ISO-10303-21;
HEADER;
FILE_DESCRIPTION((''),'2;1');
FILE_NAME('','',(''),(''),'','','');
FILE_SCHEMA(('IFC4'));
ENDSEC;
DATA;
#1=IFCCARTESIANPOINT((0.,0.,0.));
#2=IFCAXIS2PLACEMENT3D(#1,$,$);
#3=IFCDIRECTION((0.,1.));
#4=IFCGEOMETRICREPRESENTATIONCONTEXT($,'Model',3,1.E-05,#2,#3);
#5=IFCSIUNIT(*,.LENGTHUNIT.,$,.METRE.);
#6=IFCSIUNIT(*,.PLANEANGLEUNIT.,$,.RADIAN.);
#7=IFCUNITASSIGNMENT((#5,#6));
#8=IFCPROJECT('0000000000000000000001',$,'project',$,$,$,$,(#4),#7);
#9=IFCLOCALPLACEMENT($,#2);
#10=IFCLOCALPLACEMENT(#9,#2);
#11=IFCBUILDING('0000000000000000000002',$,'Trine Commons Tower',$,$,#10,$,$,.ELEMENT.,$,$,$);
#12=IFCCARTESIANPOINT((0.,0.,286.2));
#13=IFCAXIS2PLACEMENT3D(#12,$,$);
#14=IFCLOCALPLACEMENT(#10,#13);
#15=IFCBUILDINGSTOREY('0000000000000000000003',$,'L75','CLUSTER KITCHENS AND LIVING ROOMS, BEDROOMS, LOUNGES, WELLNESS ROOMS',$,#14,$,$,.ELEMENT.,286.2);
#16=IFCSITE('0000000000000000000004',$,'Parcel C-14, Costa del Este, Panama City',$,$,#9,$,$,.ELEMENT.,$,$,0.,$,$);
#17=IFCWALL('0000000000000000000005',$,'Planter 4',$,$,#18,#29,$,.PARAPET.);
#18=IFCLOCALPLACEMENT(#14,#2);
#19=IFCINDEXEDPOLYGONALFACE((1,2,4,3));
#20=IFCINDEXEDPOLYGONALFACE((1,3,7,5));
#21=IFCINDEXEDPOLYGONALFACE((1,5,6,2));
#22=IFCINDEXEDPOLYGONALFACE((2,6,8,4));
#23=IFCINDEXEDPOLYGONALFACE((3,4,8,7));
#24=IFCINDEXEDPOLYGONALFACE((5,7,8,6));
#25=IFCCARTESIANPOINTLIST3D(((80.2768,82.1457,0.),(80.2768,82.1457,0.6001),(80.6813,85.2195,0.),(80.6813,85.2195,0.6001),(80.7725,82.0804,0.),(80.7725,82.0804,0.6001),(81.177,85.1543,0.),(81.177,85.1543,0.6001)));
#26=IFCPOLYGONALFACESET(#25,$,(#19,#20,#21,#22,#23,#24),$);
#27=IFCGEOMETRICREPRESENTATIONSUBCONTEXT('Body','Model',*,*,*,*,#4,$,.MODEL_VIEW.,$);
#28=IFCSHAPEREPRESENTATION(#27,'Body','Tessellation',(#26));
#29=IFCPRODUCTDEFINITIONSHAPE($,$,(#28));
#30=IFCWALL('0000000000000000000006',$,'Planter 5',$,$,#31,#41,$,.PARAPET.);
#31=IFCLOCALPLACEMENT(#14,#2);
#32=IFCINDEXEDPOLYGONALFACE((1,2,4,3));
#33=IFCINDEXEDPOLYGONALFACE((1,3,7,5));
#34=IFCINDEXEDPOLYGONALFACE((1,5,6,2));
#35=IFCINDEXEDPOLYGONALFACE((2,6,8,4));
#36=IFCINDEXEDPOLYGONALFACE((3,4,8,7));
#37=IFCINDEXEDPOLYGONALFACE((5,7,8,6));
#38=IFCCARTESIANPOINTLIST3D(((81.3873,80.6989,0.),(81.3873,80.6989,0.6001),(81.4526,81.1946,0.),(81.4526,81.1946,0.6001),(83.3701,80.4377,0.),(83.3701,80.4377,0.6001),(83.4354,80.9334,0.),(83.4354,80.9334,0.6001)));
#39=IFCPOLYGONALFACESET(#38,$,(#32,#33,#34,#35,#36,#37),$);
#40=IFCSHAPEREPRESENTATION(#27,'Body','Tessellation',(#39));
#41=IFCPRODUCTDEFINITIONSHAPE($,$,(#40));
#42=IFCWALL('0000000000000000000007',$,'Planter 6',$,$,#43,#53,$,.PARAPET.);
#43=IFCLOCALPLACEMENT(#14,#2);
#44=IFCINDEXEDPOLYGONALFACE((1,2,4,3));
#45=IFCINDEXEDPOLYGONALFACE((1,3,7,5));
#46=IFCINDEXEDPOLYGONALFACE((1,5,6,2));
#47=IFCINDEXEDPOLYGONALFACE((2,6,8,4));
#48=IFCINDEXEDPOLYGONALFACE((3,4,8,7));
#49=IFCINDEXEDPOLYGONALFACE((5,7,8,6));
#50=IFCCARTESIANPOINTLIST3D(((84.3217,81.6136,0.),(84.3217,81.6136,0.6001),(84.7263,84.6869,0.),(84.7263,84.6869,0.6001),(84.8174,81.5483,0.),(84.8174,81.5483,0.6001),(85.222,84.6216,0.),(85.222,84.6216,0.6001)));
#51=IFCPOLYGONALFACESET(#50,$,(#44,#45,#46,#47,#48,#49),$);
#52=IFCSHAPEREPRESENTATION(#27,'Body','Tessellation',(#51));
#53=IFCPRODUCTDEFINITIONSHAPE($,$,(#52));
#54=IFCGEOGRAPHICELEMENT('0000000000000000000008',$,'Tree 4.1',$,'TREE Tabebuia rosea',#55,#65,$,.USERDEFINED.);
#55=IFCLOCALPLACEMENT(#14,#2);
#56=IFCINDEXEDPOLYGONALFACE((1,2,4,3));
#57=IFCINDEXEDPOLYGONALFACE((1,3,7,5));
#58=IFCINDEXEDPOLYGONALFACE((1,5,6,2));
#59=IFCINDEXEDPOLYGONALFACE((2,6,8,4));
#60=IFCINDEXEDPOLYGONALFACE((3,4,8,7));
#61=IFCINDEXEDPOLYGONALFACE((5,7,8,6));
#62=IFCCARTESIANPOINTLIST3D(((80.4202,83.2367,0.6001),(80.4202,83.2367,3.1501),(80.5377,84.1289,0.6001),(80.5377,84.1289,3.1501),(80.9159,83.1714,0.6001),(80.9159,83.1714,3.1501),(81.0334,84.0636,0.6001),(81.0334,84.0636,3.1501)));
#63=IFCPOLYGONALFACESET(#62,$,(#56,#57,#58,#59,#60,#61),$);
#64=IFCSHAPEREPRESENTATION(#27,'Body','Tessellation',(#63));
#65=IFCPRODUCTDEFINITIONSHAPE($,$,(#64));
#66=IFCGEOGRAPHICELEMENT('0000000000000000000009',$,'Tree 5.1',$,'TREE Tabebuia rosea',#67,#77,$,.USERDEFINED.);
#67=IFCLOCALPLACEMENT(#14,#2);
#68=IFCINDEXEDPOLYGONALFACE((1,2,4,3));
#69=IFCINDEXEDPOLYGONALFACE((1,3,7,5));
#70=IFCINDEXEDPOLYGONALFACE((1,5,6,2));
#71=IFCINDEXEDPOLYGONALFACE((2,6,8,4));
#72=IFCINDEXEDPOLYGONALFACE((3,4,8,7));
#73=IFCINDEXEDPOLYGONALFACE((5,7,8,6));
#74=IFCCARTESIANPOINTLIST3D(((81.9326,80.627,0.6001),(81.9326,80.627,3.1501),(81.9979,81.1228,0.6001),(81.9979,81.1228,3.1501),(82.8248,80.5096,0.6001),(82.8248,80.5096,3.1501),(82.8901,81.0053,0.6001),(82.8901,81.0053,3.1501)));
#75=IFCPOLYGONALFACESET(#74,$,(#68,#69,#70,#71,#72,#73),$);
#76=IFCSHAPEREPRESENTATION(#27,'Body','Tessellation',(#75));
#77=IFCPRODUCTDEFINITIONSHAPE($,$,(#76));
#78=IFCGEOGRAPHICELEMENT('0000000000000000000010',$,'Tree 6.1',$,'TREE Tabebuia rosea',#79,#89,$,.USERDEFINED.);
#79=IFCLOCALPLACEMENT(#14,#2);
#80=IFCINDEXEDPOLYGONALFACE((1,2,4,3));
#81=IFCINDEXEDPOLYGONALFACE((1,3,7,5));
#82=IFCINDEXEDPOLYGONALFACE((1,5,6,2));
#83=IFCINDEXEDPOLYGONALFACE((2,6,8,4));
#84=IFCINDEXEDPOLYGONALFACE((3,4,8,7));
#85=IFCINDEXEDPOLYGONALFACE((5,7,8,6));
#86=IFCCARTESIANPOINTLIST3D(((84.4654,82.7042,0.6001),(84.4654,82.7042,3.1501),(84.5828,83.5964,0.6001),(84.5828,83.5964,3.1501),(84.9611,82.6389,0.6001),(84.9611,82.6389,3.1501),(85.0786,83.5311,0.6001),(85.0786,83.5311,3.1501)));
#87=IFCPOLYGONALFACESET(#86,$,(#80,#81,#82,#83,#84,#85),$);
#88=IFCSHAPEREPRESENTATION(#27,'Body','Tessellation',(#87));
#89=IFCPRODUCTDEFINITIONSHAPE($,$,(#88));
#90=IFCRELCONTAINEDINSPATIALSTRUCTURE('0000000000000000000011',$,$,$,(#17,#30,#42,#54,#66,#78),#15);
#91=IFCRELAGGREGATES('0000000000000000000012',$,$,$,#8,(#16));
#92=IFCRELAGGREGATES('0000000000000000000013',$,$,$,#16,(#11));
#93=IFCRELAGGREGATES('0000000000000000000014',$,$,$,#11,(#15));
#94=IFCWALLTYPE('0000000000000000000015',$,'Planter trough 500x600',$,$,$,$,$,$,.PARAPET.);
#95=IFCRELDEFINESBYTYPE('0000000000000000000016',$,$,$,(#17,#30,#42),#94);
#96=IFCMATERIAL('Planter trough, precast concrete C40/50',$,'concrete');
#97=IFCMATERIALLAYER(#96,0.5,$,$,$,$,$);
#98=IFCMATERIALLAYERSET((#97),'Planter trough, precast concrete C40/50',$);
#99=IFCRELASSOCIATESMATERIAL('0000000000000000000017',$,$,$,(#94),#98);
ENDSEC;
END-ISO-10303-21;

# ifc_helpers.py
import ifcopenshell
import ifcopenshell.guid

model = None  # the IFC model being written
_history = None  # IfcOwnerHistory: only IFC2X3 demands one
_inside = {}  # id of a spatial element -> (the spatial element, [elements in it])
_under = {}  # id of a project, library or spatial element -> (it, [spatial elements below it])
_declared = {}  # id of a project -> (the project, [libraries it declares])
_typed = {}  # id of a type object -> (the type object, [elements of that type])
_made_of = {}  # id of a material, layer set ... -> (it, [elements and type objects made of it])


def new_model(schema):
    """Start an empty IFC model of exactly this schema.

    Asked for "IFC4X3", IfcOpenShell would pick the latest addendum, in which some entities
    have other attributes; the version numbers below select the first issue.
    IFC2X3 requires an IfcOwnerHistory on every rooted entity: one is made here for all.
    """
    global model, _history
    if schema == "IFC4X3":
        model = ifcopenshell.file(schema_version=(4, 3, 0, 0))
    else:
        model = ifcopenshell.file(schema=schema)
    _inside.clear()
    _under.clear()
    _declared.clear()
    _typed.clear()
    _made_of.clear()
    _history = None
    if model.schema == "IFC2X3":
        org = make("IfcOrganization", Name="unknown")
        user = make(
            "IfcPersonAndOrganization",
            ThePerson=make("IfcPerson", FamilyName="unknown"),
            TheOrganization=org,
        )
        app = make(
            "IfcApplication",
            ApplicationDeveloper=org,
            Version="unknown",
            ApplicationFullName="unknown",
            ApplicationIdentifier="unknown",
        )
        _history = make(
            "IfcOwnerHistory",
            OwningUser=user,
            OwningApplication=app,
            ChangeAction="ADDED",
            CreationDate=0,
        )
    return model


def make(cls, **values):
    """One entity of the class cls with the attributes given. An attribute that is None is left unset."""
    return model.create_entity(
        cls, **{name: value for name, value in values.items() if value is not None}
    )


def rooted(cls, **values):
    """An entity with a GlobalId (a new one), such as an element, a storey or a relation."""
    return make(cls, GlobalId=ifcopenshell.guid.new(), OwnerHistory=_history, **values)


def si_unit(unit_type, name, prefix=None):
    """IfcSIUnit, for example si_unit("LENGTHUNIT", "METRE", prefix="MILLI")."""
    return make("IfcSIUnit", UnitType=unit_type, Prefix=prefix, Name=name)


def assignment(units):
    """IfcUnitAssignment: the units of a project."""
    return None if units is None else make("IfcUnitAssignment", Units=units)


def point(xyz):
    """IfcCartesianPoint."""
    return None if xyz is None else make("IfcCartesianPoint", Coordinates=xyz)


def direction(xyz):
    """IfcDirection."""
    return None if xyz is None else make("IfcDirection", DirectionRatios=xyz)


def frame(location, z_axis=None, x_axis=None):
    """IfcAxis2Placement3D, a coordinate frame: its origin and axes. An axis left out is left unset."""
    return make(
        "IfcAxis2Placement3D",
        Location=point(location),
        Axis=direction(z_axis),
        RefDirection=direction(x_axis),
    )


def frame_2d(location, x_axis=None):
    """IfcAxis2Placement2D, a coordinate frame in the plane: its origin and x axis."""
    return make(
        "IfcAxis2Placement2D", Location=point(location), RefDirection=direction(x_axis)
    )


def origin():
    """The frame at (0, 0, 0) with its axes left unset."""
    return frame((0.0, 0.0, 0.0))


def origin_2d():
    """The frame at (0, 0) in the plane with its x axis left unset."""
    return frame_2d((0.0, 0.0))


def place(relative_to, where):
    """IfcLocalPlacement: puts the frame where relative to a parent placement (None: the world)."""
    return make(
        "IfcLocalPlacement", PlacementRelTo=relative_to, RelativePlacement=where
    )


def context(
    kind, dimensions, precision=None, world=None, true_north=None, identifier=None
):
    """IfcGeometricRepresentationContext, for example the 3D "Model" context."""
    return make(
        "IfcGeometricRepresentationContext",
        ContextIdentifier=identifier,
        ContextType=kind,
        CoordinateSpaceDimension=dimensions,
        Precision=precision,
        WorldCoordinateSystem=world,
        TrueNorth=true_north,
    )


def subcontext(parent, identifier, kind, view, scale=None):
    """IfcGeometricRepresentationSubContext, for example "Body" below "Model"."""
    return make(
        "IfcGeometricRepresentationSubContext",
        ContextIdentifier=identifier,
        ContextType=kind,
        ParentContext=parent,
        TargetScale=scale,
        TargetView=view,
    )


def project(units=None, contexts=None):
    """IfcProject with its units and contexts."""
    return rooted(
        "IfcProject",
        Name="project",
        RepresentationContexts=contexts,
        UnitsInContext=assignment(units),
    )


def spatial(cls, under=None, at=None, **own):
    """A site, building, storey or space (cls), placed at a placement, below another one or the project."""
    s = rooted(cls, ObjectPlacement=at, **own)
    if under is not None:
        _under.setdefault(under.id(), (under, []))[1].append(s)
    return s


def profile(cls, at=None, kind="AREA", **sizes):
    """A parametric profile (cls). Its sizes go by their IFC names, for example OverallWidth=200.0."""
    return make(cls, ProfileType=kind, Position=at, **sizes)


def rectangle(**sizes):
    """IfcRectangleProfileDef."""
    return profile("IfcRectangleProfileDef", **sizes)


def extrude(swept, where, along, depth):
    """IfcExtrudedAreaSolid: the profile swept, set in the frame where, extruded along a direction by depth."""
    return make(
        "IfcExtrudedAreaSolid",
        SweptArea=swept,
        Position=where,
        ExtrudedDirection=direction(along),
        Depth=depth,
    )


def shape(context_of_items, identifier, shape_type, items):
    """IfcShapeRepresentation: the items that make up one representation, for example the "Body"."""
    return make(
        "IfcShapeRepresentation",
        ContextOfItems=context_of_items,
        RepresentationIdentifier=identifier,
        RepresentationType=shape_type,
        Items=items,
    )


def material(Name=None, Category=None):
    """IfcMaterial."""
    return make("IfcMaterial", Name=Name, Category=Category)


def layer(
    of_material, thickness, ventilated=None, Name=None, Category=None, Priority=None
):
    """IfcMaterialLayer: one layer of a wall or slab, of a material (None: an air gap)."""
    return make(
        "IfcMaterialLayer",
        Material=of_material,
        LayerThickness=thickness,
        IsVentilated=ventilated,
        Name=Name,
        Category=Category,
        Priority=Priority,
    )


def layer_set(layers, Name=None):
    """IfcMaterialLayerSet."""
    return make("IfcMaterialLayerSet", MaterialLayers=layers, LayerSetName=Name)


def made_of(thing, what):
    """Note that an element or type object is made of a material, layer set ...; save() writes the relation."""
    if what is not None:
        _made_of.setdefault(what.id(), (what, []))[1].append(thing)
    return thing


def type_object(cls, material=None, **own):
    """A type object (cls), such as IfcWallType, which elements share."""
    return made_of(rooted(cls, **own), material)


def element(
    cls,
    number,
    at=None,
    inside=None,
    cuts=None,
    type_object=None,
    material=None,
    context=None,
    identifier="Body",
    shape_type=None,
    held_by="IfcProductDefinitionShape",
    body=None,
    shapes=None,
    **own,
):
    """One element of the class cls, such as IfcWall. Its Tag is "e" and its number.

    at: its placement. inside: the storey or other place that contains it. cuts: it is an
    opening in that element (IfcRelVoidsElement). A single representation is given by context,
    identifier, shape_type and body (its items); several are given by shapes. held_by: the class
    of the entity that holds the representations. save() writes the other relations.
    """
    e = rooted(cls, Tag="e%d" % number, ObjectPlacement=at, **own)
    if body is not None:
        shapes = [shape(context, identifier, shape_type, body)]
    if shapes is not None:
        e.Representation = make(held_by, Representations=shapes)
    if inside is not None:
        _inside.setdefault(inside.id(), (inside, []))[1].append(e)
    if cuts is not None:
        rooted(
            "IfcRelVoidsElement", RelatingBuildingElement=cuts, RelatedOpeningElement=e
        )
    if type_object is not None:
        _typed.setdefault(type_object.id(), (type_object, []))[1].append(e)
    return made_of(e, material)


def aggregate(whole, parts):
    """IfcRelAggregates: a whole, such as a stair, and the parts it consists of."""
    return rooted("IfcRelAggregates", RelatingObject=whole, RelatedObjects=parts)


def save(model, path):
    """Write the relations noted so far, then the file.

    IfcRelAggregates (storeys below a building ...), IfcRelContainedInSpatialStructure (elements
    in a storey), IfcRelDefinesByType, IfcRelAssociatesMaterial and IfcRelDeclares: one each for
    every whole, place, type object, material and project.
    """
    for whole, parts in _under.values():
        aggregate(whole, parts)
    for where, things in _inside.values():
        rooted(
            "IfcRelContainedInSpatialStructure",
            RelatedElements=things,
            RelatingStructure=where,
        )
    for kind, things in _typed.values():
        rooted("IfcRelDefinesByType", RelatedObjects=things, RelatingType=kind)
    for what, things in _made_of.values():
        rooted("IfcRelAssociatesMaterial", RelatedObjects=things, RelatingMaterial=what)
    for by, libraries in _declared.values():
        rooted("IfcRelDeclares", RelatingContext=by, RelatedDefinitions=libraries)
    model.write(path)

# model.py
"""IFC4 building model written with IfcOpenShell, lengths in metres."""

from ifc_helpers import new_model, si_unit, direction, frame, frame_2d, origin, origin_2d, place, context, subcontext, project, spatial, rectangle, extrude, material, layer, layer_set, type_object, element, save


model = new_model("IFC4")

# Units and contexts
model_context = context("Model", 3, precision=1e-05, world=origin(), true_north=direction((0.0, 1.0)))
body_context = subcontext(model_context, "Body", "Model", "MODEL_VIEW")
ifc_project = project(units=[si_unit("LENGTHUNIT", "METRE"), si_unit("PLANEANGLEUNIT", "RADIAN")], contexts=[model_context])

# Site, building, storey
site_placement = place(None, origin())
site = spatial("IfcSite", under=ifc_project, at=site_placement, Name="Parcel C-14, Costa del Este, Panama City", CompositionType="ELEMENT", RefElevation=0.0)
building_placement = place(site_placement, origin())
building = spatial("IfcBuilding", under=site, at=building_placement, Name="Trine Commons Tower", CompositionType="ELEMENT")
storey_placement = place(building_placement, frame((0.0, 0.0, 286.2)))
storey = spatial("IfcBuildingStorey", under=building, at=storey_placement, Name="L75", Description="CLUSTER KITCHENS AND LIVING ROOMS, BEDROOMS, LOUNGES, WELLNESS ROOMS", CompositionType="ELEMENT", Elevation=286.2)

# Walls
ifc_material_1 = material(Name="Planter trough, precast concrete C40/50", Category="concrete")
ifc_layer_1 = layer(ifc_material_1, 0.5)
ifc_layer_set_1 = layer_set([ifc_layer_1], Name="Planter trough, precast concrete C40/50")
wall_type_1 = type_object("IfcWallType", Name="Planter trough 500x600", PredefinedType="PARAPET", material=ifc_layer_set_1)
wall_1_placement = place(storey_placement, frame((80.9292, 85.187, 0.0), z_axis=(0.0, 0.0, 1.0), x_axis=(-0.130487, -0.99145, 0.0)))
element("IfcWall", 1, at=wall_1_placement, inside=storey, type_object=wall_type_1, Name="Planter 4", PredefinedType="PARAPET", context=body_context, shape_type="SweptSolid", body=[
    extrude(rectangle(XDim=3.1003, YDim=0.5, at=frame_2d((1.5503, 0.0))), origin(), (0.0, 0.0, 1.0), 0.6001),
])
wall_2_placement = place(storey_placement, frame((81.4199, 80.9468, 0.0), z_axis=(0.0, 0.0, 1.0), x_axis=(0.991434, -0.130612, 0.0)))
element("IfcWall", 2, at=wall_2_placement, inside=storey, type_object=wall_type_1, Name="Planter 5", PredefinedType="PARAPET", context=body_context, shape_type="SweptSolid", body=[
    extrude(rectangle(XDim=2.0, YDim=0.5, at=frame_2d((1.0, 0.0))), origin(), (0.0, 0.0, 1.0), 0.6001),
])
wall_3_placement = place(storey_placement, frame((84.5696, 81.5811, 0.0), z_axis=(0.0, 0.0, 1.0), x_axis=(0.130507, 0.991447, 0.0)))
element("IfcWall", 3, at=wall_3_placement, inside=storey, type_object=wall_type_1, Name="Planter 6", PredefinedType="PARAPET", context=body_context, shape_type="SweptSolid", body=[
    extrude(rectangle(XDim=3.0999, YDim=0.5, at=frame_2d((1.5498, 0.0))), origin(), (0.0, 0.0, 1.0), 0.6001),
])

# Geographic elements
for number, where, z_axis, x_axis, name in (
    (4, (80.7268, 83.6501, 0.6001), (0.0, 0.0, 1.0), (-0.130514, -0.991446, 0.0), "Tree 4.1"),
    (5, (82.4114, 80.8162, 0.6001), (0.0, 0.0, 1.0), (0.991443, -0.130543, 0.0), "Tree 5.1"),
    (6, (84.772, 83.1177, 0.6001), (0.0, 0.0, 1.0), (0.130518, 0.991446, 0.0), "Tree 6.1"),
):
    element("IfcGeographicElement", number, at=place(storey_placement, frame(where, z_axis=z_axis, x_axis=x_axis)), inside=storey, Name=name, ObjectType="TREE Tabebuia rosea", PredefinedType="USERDEFINED", context=body_context, shape_type="SweptSolid", body=[
        extrude(rectangle(XDim=0.8999, YDim=0.5, at=origin_2d()), origin(), (0.0, 0.0, 1.0), 2.55),
    ])

save(model, "model.ifc")
